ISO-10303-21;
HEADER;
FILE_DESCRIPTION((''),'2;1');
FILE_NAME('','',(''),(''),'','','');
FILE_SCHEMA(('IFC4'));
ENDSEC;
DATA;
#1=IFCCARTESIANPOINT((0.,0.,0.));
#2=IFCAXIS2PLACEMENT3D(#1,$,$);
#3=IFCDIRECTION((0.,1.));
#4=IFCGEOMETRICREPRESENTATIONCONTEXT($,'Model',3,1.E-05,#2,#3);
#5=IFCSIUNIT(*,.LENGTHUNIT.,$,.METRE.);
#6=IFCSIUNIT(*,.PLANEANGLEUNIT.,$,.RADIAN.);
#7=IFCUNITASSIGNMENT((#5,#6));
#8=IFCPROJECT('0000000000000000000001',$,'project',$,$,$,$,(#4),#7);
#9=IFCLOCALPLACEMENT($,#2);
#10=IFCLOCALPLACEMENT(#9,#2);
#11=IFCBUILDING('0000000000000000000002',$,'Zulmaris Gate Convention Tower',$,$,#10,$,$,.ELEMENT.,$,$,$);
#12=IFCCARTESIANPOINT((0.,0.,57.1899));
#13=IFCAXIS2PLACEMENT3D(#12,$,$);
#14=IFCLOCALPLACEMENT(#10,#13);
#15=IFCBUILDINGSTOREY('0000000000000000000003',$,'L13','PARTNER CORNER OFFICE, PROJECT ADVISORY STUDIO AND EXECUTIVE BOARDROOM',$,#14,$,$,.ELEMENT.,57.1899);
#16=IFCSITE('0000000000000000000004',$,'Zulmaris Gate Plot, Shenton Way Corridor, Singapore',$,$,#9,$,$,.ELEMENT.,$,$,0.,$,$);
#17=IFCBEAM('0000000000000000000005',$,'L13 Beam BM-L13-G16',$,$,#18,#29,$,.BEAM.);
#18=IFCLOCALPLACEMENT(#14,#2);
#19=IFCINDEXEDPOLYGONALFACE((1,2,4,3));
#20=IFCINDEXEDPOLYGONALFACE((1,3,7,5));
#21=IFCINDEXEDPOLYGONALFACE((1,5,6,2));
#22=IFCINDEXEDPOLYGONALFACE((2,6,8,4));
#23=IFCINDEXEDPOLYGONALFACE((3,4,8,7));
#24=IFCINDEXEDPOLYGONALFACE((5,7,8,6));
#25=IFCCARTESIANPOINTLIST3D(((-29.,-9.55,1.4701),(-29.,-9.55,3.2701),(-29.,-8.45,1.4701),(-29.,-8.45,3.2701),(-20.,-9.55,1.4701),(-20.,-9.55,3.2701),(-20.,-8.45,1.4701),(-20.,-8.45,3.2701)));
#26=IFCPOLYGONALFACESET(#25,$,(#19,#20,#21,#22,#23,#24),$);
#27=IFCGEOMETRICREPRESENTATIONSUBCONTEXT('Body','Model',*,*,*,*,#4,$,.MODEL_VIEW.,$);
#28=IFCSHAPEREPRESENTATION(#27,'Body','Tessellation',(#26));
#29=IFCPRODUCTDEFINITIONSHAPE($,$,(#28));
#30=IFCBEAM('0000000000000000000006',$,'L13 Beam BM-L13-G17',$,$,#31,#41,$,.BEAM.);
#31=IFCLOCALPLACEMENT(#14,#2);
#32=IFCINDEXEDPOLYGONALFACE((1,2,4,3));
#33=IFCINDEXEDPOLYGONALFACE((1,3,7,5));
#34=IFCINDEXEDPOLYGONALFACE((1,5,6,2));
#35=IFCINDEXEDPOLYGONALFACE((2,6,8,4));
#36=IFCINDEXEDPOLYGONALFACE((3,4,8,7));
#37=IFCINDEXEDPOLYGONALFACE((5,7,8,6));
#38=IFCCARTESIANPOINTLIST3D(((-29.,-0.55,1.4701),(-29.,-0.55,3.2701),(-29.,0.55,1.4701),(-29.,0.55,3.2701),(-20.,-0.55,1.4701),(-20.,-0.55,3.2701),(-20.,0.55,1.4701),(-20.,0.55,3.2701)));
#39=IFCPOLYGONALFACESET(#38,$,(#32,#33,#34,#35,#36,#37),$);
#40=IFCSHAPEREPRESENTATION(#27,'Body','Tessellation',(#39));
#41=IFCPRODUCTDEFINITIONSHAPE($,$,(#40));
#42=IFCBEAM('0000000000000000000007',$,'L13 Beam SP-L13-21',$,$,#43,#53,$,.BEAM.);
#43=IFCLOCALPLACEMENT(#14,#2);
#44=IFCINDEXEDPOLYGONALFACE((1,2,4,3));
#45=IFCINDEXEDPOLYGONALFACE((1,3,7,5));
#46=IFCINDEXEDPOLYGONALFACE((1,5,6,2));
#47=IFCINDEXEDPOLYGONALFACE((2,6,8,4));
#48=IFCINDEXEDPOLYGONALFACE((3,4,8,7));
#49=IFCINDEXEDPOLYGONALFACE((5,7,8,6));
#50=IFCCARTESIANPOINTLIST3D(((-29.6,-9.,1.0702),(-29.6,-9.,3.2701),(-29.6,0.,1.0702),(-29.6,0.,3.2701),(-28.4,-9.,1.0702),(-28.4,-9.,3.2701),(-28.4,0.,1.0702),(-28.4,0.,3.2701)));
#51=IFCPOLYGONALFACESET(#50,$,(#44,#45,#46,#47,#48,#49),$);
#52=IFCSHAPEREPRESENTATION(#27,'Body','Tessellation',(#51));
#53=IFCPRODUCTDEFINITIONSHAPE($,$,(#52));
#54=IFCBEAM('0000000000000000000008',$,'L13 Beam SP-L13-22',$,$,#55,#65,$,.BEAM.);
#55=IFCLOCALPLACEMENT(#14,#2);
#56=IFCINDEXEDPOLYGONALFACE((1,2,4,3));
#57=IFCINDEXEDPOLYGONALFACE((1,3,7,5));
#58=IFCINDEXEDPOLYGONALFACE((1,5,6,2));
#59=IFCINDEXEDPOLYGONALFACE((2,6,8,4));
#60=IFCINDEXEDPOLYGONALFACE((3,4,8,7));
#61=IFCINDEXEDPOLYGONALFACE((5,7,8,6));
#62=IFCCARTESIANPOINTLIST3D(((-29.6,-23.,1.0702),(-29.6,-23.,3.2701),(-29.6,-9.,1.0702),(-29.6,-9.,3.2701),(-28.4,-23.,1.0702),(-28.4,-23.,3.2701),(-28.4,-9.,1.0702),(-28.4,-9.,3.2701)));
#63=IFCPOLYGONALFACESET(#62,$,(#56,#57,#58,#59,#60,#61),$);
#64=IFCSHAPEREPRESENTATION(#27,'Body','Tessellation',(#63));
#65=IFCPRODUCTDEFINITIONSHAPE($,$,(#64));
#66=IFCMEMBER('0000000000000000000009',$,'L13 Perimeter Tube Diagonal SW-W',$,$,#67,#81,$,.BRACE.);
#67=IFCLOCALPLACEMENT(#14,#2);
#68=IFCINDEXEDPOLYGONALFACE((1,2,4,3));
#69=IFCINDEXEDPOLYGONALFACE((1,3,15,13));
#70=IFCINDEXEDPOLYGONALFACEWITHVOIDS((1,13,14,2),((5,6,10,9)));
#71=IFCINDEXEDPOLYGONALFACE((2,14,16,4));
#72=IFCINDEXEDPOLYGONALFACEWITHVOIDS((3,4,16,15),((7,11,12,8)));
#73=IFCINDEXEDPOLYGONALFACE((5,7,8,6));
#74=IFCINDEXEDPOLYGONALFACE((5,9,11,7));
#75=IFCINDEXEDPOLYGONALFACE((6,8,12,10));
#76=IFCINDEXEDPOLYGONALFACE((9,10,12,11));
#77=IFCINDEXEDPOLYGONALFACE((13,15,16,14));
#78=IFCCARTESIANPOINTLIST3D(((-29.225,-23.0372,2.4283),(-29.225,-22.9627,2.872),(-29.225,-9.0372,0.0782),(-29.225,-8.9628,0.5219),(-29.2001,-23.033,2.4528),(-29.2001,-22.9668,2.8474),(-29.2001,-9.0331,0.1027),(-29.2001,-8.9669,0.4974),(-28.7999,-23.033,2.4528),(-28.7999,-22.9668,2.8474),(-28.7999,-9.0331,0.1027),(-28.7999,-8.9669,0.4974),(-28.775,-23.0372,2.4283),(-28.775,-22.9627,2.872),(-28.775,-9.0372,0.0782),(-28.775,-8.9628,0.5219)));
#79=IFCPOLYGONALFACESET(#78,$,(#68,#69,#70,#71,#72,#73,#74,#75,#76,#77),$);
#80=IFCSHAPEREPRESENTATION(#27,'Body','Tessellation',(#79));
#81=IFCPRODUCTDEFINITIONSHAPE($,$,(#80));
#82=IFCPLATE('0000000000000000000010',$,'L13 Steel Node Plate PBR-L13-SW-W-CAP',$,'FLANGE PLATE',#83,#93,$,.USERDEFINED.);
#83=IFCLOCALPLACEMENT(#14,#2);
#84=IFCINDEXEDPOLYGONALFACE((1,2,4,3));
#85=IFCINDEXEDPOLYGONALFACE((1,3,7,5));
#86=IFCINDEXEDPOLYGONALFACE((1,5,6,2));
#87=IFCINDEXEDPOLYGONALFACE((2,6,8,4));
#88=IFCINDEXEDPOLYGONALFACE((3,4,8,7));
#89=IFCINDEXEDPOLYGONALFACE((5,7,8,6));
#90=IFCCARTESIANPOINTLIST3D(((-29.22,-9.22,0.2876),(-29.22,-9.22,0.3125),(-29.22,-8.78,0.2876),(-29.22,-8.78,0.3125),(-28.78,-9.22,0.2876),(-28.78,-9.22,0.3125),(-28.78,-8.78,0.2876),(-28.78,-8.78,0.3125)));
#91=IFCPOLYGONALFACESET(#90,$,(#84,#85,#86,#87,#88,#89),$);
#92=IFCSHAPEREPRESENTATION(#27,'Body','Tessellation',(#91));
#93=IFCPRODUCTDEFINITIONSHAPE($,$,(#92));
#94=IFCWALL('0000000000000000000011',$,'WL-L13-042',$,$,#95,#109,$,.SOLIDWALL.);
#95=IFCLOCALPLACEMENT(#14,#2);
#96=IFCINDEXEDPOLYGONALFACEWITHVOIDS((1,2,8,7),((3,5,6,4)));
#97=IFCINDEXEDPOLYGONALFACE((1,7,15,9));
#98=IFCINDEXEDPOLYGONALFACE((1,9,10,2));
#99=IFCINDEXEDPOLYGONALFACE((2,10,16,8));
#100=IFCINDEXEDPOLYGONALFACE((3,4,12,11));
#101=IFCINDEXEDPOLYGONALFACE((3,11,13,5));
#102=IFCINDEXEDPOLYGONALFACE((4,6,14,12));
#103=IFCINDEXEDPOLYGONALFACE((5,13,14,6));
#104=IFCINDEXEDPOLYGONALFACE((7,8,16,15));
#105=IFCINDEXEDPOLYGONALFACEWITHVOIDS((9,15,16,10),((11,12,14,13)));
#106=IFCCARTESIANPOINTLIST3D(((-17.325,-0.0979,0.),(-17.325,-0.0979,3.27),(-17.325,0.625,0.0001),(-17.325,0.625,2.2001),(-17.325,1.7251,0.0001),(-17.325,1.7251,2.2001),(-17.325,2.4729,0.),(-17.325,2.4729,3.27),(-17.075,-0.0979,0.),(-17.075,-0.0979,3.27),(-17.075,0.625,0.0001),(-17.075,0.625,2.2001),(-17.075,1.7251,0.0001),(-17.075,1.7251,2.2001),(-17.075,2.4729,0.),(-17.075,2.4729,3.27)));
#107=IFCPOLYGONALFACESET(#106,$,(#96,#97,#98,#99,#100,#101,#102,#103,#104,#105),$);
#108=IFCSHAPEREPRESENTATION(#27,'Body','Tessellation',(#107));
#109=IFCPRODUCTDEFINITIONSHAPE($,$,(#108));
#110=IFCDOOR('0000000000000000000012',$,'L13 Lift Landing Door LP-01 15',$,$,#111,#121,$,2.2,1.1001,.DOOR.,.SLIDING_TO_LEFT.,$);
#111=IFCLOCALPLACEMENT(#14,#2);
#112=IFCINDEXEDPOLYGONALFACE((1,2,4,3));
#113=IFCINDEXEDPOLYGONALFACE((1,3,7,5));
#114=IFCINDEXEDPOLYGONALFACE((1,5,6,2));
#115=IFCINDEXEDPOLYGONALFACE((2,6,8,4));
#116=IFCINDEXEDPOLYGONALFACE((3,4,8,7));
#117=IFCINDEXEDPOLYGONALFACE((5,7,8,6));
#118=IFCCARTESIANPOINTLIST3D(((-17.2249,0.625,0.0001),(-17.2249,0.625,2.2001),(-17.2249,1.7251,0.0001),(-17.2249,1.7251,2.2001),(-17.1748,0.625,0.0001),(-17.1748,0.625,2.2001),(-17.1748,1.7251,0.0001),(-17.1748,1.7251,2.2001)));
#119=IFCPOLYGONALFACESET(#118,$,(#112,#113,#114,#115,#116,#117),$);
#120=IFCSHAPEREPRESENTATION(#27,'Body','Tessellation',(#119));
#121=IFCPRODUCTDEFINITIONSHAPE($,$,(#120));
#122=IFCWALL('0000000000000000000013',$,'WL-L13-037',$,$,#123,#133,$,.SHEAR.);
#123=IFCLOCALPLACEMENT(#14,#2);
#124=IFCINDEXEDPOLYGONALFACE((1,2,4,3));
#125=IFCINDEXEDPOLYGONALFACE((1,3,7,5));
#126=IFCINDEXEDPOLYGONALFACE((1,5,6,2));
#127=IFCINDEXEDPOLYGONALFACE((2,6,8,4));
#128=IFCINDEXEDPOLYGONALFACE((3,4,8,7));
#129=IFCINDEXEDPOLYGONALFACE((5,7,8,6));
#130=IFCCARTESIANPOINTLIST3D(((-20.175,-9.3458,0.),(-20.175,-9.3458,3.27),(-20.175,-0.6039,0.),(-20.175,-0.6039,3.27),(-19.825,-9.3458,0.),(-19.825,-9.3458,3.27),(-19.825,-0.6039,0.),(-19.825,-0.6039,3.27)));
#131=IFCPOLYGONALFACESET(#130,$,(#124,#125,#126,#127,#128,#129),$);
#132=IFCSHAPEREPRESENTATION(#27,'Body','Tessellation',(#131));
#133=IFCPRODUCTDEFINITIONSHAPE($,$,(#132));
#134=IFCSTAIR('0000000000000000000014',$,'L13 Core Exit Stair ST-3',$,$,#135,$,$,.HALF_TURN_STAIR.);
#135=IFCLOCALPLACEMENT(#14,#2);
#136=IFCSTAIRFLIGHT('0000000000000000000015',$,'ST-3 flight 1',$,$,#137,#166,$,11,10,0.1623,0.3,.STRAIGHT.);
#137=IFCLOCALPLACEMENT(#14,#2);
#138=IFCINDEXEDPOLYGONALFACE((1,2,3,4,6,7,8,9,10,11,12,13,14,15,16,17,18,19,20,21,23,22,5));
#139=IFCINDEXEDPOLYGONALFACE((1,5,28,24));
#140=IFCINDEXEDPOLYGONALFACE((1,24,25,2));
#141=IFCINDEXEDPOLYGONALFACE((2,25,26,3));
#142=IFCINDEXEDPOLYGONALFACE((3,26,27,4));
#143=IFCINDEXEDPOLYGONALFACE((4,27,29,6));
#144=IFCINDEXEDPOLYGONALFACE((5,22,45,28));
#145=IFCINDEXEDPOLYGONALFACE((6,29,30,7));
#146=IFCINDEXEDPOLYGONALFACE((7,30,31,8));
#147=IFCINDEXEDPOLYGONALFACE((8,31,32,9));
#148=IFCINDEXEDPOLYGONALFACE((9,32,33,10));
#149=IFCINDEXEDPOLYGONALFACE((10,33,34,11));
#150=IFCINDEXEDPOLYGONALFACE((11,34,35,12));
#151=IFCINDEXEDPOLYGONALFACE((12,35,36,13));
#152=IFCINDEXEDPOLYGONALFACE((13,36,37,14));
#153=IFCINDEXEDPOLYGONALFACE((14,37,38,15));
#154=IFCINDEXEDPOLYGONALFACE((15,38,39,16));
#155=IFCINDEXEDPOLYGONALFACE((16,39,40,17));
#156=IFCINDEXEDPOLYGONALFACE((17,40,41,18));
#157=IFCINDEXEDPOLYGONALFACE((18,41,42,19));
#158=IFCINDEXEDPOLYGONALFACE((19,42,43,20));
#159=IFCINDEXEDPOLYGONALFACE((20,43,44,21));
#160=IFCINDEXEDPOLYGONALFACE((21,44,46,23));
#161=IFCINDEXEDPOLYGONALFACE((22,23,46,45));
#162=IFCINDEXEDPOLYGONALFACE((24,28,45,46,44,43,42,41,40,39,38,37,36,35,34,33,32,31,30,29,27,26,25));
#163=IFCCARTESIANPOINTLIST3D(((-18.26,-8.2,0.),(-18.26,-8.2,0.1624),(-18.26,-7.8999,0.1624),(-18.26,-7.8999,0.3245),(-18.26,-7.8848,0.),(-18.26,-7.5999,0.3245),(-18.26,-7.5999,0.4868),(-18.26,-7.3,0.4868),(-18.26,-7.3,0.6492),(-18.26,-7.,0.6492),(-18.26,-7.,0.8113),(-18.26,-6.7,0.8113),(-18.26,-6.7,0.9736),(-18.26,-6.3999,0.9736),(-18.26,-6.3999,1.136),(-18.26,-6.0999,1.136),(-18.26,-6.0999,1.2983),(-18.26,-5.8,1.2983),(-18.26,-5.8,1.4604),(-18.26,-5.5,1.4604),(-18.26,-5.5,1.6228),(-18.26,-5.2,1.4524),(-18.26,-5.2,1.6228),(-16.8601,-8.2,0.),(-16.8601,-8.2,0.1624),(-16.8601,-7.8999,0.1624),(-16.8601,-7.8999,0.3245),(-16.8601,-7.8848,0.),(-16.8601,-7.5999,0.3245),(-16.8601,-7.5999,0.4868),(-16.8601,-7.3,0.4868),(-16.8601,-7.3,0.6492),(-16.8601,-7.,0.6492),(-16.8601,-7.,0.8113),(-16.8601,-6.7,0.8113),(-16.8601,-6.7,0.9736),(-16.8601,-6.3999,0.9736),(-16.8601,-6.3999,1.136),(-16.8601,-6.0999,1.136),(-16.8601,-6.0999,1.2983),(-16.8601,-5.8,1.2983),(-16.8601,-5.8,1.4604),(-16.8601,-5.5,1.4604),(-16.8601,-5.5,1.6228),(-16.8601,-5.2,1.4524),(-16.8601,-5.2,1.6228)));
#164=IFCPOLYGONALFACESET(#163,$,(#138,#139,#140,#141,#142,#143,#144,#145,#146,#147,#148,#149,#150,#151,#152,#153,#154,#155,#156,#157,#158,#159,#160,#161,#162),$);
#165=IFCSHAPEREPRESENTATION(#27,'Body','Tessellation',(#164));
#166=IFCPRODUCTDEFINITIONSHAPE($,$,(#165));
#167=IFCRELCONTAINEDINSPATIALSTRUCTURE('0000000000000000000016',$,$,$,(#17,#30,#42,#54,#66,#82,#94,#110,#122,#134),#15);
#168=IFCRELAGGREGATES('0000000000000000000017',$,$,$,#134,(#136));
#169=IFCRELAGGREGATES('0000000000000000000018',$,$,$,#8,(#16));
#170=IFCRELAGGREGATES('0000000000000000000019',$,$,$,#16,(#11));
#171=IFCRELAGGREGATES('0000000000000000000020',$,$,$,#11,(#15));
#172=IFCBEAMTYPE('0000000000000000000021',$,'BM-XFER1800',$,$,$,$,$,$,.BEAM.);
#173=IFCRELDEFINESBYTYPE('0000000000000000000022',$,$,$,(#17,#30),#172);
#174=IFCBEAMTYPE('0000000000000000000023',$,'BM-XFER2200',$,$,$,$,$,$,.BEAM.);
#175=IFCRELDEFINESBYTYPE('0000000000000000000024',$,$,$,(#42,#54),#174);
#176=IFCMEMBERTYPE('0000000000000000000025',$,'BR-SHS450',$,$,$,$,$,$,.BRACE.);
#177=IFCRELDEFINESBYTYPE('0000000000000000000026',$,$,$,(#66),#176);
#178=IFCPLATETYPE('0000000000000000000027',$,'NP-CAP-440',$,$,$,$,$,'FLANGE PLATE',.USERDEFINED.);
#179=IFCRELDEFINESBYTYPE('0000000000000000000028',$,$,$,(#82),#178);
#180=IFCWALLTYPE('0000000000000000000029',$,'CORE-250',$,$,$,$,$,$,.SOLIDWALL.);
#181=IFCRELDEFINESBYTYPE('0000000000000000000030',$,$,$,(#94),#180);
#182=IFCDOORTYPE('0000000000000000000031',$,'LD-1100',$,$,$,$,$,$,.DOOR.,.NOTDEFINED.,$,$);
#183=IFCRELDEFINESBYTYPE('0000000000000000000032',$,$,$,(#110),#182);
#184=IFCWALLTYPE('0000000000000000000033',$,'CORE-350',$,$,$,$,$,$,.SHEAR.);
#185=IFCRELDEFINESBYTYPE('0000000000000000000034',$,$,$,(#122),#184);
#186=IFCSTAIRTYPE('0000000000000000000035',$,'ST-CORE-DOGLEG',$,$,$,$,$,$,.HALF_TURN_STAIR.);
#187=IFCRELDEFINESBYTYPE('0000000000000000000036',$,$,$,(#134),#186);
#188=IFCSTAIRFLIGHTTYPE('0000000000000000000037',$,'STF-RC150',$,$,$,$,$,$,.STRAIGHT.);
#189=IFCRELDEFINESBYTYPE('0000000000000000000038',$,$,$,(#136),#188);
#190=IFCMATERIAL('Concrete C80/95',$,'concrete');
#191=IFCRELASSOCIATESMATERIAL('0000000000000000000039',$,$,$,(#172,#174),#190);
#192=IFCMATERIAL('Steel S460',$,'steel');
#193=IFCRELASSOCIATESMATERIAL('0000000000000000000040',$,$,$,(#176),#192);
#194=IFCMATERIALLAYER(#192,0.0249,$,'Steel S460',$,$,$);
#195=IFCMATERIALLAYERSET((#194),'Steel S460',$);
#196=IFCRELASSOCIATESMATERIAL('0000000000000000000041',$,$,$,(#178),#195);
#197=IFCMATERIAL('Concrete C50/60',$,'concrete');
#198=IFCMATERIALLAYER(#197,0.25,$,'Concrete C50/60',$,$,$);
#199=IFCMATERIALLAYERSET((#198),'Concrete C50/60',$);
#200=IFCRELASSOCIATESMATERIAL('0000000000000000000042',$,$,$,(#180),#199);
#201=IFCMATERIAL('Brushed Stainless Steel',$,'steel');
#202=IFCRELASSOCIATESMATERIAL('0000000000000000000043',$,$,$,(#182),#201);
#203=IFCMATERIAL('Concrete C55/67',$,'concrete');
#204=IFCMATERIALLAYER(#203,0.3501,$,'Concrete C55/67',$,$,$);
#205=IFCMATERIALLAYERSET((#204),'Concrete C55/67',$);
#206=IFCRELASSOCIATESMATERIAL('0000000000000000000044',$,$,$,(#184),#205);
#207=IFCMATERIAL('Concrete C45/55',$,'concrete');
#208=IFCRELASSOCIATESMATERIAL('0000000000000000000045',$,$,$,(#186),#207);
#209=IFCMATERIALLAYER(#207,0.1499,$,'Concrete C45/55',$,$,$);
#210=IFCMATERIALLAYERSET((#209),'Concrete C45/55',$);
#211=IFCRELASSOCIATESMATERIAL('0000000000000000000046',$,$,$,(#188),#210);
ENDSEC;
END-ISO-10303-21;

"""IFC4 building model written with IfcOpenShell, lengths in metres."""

from ifc_helpers import new_model, si_unit, direction, frame, frame_2d, origin, origin_2d, place, context, subcontext, project, spatial, polyline, rectangle, hollow_rectangle, outline, extrude, material, layer, layer_set, material_profile, profile_set, type_object, element, fill, aggregate, save


model = new_model("IFC4")

# Units and contexts
model_context = context("Model", 3, precision=1e-05, world=origin(), true_north=direction((0.0, 1.0)))
body_context = subcontext(model_context, "Body", "Model", "MODEL_VIEW")
ifc_project = project(units=[si_unit("LENGTHUNIT", "METRE"), si_unit("PLANEANGLEUNIT", "RADIAN")], contexts=[model_context])

# Site, building, storey
site_placement = place(None, origin())
site = spatial("IfcSite", under=ifc_project, at=site_placement, Name="Zulmaris Gate Plot, Shenton Way Corridor, Singapore", CompositionType="ELEMENT", RefElevation=0.0)
building_placement = place(site_placement, origin())
building = spatial("IfcBuilding", under=site, at=building_placement, Name="Zulmaris Gate Convention Tower", CompositionType="ELEMENT")
storey_placement = place(building_placement, frame((0.0, 0.0, 57.1899)))
storey = spatial("IfcBuildingStorey", under=building, at=storey_placement, Name="L13", Description="PARTNER CORNER OFFICE, PROJECT ADVISORY STUDIO AND EXECUTIVE BOARDROOM", CompositionType="ELEMENT", Elevation=57.1899)

# Shared definitions
ifc_material_1 = material(Name="Concrete C80/95", Category="concrete")

# Beams
ifc_material_profile_1 = material_profile(ifc_material_1, rectangle(XDim=1.1001, YDim=1.8, at=origin_2d()), Name="RC TRANSFER 1100x1800")
ifc_profile_set_1 = profile_set([ifc_material_profile_1], Name="Concrete C80/95")
beam_type_1 = type_object("IfcBeamType", Name="BM-XFER1800", PredefinedType="BEAM", material=ifc_profile_set_1)
for number, where, z_axis, x_axis, name in (
    (1, (-29.0, -9.0, 2.3701), (1.0, 0.0, 0.0), (0.0, 1.0, 0.0), "L13 Beam BM-L13-G16"),
    (2, (-29.0, 0.0, 2.3701), (1.0, 0.0, 0.0), (0.0, 1.0, 0.0), "L13 Beam BM-L13-G17"),
):
    element("IfcBeam", number, at=place(storey_placement, frame(where, z_axis=z_axis, x_axis=x_axis)), inside=storey, type_object=beam_type_1, Name=name, PredefinedType="BEAM", context=body_context, shape_type="SweptSolid", body=[
        extrude(rectangle(XDim=1.1001, YDim=1.8, at=origin_2d()), origin(), (0.0, 0.0, 1.0), 9.0),
    ])
ifc_material_profile_2 = material_profile(ifc_material_1, rectangle(XDim=1.2, YDim=2.2, at=origin_2d()), Name="RC TRANSFER 1200x2200")
ifc_profile_set_2 = profile_set([ifc_material_profile_2], Name="Concrete C80/95")
beam_type_2 = type_object("IfcBeamType", Name="BM-XFER2200", PredefinedType="BEAM", material=ifc_profile_set_2)
beam_1_placement = place(storey_placement, frame((-29.0, 0.0, 2.1702), z_axis=(0.0, -1.0, 0.0), x_axis=(1.0, 0.0, 0.0)))
element("IfcBeam", 3, at=beam_1_placement, inside=storey, type_object=beam_type_2, Name="L13 Beam SP-L13-21", PredefinedType="BEAM", context=body_context, shape_type="SweptSolid", body=[
    extrude(rectangle(XDim=1.2, YDim=2.2, at=origin_2d()), origin(), (0.0, 0.0, 1.0), 9.0),
])
beam_2_placement = place(storey_placement, frame((-29.0, -9.0, 2.1702), z_axis=(0.0, -1.0, 0.0), x_axis=(1.0, 0.0, 0.0)))
element("IfcBeam", 4, at=beam_2_placement, inside=storey, type_object=beam_type_2, Name="L13 Beam SP-L13-22", PredefinedType="BEAM", context=body_context, shape_type="SweptSolid", body=[
    extrude(rectangle(XDim=1.2, YDim=2.2, at=origin_2d()), origin(), (0.0, 0.0, 1.0), 14.0),
])

# Member
ifc_material_2 = material(Name="Steel S460", Category="steel")
ifc_material_profile_3 = material_profile(ifc_material_2, hollow_rectangle(XDim=0.45, YDim=0.45, WallThickness=0.0249, at=origin_2d()), Name="SHS 450x450x25")
ifc_profile_set_3 = profile_set([ifc_material_profile_3], Name="Steel S460")
member_type = type_object("IfcMemberType", Name="BR-SHS450", PredefinedType="BRACE", material=ifc_profile_set_3)
member_placement = place(storey_placement, frame((-29.0, -9.0, 0.3), z_axis=(0.0, -0.986202, 0.165548), x_axis=(1.0, 0.0, 0.0)))
element("IfcMember", 5, at=member_placement, inside=storey, type_object=member_type, Name="L13 Perimeter Tube Diagonal SW-W", PredefinedType="BRACE", context=body_context, shape_type="SweptSolid", body=[
    extrude(hollow_rectangle(XDim=0.45, YDim=0.45, WallThickness=0.0249, at=origin_2d()), origin(), (0.0, 0.0, 1.0), 14.1958),
])

# Plate
ifc_layer_1 = layer(ifc_material_2, 0.0249, Name="Steel S460")
ifc_layer_set_1 = layer_set([ifc_layer_1], Name="Steel S460")
plate_type = type_object("IfcPlateType", Name="NP-CAP-440", ElementType="FLANGE PLATE", PredefinedType="USERDEFINED", material=ifc_layer_set_1)
plate_placement = place(storey_placement, frame((-29.0, -9.0, 0.2876), z_axis=(0.0, 0.0, 1.0), x_axis=(1.0, 0.0, 0.0)))
element("IfcPlate", 6, at=plate_placement, inside=storey, type_object=plate_type, Name="L13 Steel Node Plate PBR-L13-SW-W-CAP", ObjectType="FLANGE PLATE", PredefinedType="USERDEFINED", context=body_context, shape_type="SweptSolid", body=[
    extrude(rectangle(XDim=0.4399, YDim=0.4399, at=origin_2d()), origin(), (0.0, 0.0, 1.0), 0.0249),
])

# Wall, opening, door
ifc_material_3 = material(Name="Concrete C50/60", Category="concrete")
ifc_layer_2 = layer(ifc_material_3, 0.25, Name="Concrete C50/60")
ifc_layer_set_2 = layer_set([ifc_layer_2], Name="Concrete C50/60")
wall_type_1 = type_object("IfcWallType", Name="CORE-250", PredefinedType="SOLIDWALL", material=ifc_layer_set_2)
wall_1_placement = place(storey_placement, frame((-17.2, -0.0979, 0.0), z_axis=(0.0, 0.0, 1.0), x_axis=(0.0, 1.0, 0.0)))
wall_1 = element("IfcWall", 7, at=wall_1_placement, inside=storey, type_object=wall_type_1, Name="WL-L13-042", PredefinedType="SOLIDWALL", context=body_context, shape_type="SweptSolid", body=[
    extrude(rectangle(XDim=2.5708, YDim=0.25, at=frame_2d((1.2854, 0.0))), origin(), (0.0, 0.0, 1.0), 3.27),
])
opening_1_placement = place(wall_1_placement, frame((0.7229, 0.0, 0.0)))
opening_1 = element("IfcOpeningElement", 8, at=opening_1_placement, cuts=wall_1, PredefinedType="OPENING", context=body_context, shape_type="SweptSolid", body=[
    extrude(rectangle(XDim=1.1001, YDim=2.2, at=frame_2d((0.55, 1.1001))), frame((0.0, 0.135, 0.0), z_axis=(0.0, -1.0, 0.0), x_axis=(1.0, 0.0, 0.0)), (0.0, 0.0, 1.0), 0.27),
])
ifc_material_4 = material(Name="Brushed Stainless Steel", Category="steel")
door_type_1 = type_object("IfcDoorType", Name="LD-1100", OperationType="NOTDEFINED", PredefinedType="DOOR", material=ifc_material_4)
door_1_placement = place(opening_1_placement, origin())
door_1 = element("IfcDoor", 9, at=door_1_placement, inside=storey, type_object=door_type_1, Name="L13 Lift Landing Door LP-01 15", OperationType="SLIDING_TO_LEFT", OverallHeight=2.2, OverallWidth=1.1001, PredefinedType="DOOR", context=body_context, shape_type="SweptSolid", body=[
    extrude(rectangle(XDim=1.1001, YDim=2.2, at=frame_2d((0.55, 1.1001))), frame((0.0, 0.0249, 0.0), z_axis=(0.0, -1.0, 0.0), x_axis=(1.0, 0.0, 0.0)), (0.0, 0.0, 1.0), 0.05),
])
fill(opening_1, door_1)

# Wall
ifc_material_5 = material(Name="Concrete C55/67", Category="concrete")
ifc_layer_3 = layer(ifc_material_5, 0.3501, Name="Concrete C55/67")
ifc_layer_set_3 = layer_set([ifc_layer_3], Name="Concrete C55/67")
wall_type_2 = type_object("IfcWallType", Name="CORE-350", PredefinedType="SHEAR", material=ifc_layer_set_3)
wall_2_placement = place(storey_placement, frame((-20.0, -9.3459, 0.0), z_axis=(0.0, 0.0, 1.0), x_axis=(0.0, 1.0, 0.0)))
element("IfcWall", 10, at=wall_2_placement, inside=storey, type_object=wall_type_2, Name="WL-L13-037", PredefinedType="SHEAR", context=body_context, shape_type="SweptSolid", body=[
    extrude(rectangle(XDim=8.7419, YDim=0.3501, at=frame_2d((4.3711, 0.0))), origin(), (0.0, 0.0, 1.0), 3.27),
])

# Stair, stair flight
ifc_material_6 = material(Name="Concrete C45/55", Category="concrete")
stair_type = type_object("IfcStairType", Name="ST-CORE-DOGLEG", PredefinedType="HALF_TURN_STAIR", material=ifc_material_6)
stair_placement = place(storey_placement, origin())
stair = element("IfcStair", 11, at=stair_placement, inside=storey, type_object=stair_type, Name="L13 Core Exit Stair ST-3", PredefinedType="HALF_TURN_STAIR")
ifc_layer_4 = layer(ifc_material_6, 0.1499, Name="Concrete C45/55")
ifc_layer_set_4 = layer_set([ifc_layer_4], Name="Concrete C45/55")
stair_flight_type = type_object("IfcStairFlightType", Name="STF-RC150", PredefinedType="STRAIGHT", material=ifc_layer_set_4)
stair_flight_1_placement = place(storey_placement, frame((-17.5601, -8.2, 0.0), z_axis=(0.0, 0.0, 1.0), x_axis=(0.0, 1.0, 0.0)))
stair_flight_1 = element("IfcStairFlight", 12, at=stair_flight_1_placement, type_object=stair_flight_type, Name="ST-3 flight 1", NumberOfRisers=11, NumberOfTreads=10, PredefinedType="STRAIGHT", RiserHeight=0.1623, TreadLength=0.3, context=body_context, shape_type="SweptSolid", body=[
    extrude(outline(polyline([(0.0, 0.0), (0.0, 0.1624), (0.3, 0.1624), (0.3, 0.3245), (0.6001, 0.3245), (0.6001, 0.4868), (0.8999, 0.4868), (0.8999, 0.6492), (1.2, 0.6492), (1.2, 0.8113), (1.5, 0.8113), (1.5, 0.9736), (1.8, 0.9736), (1.8, 1.136), (2.1001, 1.136), (2.1001, 1.2983), (2.3999, 1.2983), (2.3999, 1.4604), (2.7, 1.4604), (2.7, 1.6228), (3.0, 1.6228), (3.0, 1.7852), (3.0, 1.4524), (0.3152, 0.0), (0.0, 0.0)])), frame((0.0, 0.7, 0.0), z_axis=(0.0, -1.0, 0.0), x_axis=(1.0, 0.0, 0.0)), (0.0, 0.0, 1.0), 1.3999),
])
aggregate(stair, [stair_flight_1])

save(model, "model.ifc")
